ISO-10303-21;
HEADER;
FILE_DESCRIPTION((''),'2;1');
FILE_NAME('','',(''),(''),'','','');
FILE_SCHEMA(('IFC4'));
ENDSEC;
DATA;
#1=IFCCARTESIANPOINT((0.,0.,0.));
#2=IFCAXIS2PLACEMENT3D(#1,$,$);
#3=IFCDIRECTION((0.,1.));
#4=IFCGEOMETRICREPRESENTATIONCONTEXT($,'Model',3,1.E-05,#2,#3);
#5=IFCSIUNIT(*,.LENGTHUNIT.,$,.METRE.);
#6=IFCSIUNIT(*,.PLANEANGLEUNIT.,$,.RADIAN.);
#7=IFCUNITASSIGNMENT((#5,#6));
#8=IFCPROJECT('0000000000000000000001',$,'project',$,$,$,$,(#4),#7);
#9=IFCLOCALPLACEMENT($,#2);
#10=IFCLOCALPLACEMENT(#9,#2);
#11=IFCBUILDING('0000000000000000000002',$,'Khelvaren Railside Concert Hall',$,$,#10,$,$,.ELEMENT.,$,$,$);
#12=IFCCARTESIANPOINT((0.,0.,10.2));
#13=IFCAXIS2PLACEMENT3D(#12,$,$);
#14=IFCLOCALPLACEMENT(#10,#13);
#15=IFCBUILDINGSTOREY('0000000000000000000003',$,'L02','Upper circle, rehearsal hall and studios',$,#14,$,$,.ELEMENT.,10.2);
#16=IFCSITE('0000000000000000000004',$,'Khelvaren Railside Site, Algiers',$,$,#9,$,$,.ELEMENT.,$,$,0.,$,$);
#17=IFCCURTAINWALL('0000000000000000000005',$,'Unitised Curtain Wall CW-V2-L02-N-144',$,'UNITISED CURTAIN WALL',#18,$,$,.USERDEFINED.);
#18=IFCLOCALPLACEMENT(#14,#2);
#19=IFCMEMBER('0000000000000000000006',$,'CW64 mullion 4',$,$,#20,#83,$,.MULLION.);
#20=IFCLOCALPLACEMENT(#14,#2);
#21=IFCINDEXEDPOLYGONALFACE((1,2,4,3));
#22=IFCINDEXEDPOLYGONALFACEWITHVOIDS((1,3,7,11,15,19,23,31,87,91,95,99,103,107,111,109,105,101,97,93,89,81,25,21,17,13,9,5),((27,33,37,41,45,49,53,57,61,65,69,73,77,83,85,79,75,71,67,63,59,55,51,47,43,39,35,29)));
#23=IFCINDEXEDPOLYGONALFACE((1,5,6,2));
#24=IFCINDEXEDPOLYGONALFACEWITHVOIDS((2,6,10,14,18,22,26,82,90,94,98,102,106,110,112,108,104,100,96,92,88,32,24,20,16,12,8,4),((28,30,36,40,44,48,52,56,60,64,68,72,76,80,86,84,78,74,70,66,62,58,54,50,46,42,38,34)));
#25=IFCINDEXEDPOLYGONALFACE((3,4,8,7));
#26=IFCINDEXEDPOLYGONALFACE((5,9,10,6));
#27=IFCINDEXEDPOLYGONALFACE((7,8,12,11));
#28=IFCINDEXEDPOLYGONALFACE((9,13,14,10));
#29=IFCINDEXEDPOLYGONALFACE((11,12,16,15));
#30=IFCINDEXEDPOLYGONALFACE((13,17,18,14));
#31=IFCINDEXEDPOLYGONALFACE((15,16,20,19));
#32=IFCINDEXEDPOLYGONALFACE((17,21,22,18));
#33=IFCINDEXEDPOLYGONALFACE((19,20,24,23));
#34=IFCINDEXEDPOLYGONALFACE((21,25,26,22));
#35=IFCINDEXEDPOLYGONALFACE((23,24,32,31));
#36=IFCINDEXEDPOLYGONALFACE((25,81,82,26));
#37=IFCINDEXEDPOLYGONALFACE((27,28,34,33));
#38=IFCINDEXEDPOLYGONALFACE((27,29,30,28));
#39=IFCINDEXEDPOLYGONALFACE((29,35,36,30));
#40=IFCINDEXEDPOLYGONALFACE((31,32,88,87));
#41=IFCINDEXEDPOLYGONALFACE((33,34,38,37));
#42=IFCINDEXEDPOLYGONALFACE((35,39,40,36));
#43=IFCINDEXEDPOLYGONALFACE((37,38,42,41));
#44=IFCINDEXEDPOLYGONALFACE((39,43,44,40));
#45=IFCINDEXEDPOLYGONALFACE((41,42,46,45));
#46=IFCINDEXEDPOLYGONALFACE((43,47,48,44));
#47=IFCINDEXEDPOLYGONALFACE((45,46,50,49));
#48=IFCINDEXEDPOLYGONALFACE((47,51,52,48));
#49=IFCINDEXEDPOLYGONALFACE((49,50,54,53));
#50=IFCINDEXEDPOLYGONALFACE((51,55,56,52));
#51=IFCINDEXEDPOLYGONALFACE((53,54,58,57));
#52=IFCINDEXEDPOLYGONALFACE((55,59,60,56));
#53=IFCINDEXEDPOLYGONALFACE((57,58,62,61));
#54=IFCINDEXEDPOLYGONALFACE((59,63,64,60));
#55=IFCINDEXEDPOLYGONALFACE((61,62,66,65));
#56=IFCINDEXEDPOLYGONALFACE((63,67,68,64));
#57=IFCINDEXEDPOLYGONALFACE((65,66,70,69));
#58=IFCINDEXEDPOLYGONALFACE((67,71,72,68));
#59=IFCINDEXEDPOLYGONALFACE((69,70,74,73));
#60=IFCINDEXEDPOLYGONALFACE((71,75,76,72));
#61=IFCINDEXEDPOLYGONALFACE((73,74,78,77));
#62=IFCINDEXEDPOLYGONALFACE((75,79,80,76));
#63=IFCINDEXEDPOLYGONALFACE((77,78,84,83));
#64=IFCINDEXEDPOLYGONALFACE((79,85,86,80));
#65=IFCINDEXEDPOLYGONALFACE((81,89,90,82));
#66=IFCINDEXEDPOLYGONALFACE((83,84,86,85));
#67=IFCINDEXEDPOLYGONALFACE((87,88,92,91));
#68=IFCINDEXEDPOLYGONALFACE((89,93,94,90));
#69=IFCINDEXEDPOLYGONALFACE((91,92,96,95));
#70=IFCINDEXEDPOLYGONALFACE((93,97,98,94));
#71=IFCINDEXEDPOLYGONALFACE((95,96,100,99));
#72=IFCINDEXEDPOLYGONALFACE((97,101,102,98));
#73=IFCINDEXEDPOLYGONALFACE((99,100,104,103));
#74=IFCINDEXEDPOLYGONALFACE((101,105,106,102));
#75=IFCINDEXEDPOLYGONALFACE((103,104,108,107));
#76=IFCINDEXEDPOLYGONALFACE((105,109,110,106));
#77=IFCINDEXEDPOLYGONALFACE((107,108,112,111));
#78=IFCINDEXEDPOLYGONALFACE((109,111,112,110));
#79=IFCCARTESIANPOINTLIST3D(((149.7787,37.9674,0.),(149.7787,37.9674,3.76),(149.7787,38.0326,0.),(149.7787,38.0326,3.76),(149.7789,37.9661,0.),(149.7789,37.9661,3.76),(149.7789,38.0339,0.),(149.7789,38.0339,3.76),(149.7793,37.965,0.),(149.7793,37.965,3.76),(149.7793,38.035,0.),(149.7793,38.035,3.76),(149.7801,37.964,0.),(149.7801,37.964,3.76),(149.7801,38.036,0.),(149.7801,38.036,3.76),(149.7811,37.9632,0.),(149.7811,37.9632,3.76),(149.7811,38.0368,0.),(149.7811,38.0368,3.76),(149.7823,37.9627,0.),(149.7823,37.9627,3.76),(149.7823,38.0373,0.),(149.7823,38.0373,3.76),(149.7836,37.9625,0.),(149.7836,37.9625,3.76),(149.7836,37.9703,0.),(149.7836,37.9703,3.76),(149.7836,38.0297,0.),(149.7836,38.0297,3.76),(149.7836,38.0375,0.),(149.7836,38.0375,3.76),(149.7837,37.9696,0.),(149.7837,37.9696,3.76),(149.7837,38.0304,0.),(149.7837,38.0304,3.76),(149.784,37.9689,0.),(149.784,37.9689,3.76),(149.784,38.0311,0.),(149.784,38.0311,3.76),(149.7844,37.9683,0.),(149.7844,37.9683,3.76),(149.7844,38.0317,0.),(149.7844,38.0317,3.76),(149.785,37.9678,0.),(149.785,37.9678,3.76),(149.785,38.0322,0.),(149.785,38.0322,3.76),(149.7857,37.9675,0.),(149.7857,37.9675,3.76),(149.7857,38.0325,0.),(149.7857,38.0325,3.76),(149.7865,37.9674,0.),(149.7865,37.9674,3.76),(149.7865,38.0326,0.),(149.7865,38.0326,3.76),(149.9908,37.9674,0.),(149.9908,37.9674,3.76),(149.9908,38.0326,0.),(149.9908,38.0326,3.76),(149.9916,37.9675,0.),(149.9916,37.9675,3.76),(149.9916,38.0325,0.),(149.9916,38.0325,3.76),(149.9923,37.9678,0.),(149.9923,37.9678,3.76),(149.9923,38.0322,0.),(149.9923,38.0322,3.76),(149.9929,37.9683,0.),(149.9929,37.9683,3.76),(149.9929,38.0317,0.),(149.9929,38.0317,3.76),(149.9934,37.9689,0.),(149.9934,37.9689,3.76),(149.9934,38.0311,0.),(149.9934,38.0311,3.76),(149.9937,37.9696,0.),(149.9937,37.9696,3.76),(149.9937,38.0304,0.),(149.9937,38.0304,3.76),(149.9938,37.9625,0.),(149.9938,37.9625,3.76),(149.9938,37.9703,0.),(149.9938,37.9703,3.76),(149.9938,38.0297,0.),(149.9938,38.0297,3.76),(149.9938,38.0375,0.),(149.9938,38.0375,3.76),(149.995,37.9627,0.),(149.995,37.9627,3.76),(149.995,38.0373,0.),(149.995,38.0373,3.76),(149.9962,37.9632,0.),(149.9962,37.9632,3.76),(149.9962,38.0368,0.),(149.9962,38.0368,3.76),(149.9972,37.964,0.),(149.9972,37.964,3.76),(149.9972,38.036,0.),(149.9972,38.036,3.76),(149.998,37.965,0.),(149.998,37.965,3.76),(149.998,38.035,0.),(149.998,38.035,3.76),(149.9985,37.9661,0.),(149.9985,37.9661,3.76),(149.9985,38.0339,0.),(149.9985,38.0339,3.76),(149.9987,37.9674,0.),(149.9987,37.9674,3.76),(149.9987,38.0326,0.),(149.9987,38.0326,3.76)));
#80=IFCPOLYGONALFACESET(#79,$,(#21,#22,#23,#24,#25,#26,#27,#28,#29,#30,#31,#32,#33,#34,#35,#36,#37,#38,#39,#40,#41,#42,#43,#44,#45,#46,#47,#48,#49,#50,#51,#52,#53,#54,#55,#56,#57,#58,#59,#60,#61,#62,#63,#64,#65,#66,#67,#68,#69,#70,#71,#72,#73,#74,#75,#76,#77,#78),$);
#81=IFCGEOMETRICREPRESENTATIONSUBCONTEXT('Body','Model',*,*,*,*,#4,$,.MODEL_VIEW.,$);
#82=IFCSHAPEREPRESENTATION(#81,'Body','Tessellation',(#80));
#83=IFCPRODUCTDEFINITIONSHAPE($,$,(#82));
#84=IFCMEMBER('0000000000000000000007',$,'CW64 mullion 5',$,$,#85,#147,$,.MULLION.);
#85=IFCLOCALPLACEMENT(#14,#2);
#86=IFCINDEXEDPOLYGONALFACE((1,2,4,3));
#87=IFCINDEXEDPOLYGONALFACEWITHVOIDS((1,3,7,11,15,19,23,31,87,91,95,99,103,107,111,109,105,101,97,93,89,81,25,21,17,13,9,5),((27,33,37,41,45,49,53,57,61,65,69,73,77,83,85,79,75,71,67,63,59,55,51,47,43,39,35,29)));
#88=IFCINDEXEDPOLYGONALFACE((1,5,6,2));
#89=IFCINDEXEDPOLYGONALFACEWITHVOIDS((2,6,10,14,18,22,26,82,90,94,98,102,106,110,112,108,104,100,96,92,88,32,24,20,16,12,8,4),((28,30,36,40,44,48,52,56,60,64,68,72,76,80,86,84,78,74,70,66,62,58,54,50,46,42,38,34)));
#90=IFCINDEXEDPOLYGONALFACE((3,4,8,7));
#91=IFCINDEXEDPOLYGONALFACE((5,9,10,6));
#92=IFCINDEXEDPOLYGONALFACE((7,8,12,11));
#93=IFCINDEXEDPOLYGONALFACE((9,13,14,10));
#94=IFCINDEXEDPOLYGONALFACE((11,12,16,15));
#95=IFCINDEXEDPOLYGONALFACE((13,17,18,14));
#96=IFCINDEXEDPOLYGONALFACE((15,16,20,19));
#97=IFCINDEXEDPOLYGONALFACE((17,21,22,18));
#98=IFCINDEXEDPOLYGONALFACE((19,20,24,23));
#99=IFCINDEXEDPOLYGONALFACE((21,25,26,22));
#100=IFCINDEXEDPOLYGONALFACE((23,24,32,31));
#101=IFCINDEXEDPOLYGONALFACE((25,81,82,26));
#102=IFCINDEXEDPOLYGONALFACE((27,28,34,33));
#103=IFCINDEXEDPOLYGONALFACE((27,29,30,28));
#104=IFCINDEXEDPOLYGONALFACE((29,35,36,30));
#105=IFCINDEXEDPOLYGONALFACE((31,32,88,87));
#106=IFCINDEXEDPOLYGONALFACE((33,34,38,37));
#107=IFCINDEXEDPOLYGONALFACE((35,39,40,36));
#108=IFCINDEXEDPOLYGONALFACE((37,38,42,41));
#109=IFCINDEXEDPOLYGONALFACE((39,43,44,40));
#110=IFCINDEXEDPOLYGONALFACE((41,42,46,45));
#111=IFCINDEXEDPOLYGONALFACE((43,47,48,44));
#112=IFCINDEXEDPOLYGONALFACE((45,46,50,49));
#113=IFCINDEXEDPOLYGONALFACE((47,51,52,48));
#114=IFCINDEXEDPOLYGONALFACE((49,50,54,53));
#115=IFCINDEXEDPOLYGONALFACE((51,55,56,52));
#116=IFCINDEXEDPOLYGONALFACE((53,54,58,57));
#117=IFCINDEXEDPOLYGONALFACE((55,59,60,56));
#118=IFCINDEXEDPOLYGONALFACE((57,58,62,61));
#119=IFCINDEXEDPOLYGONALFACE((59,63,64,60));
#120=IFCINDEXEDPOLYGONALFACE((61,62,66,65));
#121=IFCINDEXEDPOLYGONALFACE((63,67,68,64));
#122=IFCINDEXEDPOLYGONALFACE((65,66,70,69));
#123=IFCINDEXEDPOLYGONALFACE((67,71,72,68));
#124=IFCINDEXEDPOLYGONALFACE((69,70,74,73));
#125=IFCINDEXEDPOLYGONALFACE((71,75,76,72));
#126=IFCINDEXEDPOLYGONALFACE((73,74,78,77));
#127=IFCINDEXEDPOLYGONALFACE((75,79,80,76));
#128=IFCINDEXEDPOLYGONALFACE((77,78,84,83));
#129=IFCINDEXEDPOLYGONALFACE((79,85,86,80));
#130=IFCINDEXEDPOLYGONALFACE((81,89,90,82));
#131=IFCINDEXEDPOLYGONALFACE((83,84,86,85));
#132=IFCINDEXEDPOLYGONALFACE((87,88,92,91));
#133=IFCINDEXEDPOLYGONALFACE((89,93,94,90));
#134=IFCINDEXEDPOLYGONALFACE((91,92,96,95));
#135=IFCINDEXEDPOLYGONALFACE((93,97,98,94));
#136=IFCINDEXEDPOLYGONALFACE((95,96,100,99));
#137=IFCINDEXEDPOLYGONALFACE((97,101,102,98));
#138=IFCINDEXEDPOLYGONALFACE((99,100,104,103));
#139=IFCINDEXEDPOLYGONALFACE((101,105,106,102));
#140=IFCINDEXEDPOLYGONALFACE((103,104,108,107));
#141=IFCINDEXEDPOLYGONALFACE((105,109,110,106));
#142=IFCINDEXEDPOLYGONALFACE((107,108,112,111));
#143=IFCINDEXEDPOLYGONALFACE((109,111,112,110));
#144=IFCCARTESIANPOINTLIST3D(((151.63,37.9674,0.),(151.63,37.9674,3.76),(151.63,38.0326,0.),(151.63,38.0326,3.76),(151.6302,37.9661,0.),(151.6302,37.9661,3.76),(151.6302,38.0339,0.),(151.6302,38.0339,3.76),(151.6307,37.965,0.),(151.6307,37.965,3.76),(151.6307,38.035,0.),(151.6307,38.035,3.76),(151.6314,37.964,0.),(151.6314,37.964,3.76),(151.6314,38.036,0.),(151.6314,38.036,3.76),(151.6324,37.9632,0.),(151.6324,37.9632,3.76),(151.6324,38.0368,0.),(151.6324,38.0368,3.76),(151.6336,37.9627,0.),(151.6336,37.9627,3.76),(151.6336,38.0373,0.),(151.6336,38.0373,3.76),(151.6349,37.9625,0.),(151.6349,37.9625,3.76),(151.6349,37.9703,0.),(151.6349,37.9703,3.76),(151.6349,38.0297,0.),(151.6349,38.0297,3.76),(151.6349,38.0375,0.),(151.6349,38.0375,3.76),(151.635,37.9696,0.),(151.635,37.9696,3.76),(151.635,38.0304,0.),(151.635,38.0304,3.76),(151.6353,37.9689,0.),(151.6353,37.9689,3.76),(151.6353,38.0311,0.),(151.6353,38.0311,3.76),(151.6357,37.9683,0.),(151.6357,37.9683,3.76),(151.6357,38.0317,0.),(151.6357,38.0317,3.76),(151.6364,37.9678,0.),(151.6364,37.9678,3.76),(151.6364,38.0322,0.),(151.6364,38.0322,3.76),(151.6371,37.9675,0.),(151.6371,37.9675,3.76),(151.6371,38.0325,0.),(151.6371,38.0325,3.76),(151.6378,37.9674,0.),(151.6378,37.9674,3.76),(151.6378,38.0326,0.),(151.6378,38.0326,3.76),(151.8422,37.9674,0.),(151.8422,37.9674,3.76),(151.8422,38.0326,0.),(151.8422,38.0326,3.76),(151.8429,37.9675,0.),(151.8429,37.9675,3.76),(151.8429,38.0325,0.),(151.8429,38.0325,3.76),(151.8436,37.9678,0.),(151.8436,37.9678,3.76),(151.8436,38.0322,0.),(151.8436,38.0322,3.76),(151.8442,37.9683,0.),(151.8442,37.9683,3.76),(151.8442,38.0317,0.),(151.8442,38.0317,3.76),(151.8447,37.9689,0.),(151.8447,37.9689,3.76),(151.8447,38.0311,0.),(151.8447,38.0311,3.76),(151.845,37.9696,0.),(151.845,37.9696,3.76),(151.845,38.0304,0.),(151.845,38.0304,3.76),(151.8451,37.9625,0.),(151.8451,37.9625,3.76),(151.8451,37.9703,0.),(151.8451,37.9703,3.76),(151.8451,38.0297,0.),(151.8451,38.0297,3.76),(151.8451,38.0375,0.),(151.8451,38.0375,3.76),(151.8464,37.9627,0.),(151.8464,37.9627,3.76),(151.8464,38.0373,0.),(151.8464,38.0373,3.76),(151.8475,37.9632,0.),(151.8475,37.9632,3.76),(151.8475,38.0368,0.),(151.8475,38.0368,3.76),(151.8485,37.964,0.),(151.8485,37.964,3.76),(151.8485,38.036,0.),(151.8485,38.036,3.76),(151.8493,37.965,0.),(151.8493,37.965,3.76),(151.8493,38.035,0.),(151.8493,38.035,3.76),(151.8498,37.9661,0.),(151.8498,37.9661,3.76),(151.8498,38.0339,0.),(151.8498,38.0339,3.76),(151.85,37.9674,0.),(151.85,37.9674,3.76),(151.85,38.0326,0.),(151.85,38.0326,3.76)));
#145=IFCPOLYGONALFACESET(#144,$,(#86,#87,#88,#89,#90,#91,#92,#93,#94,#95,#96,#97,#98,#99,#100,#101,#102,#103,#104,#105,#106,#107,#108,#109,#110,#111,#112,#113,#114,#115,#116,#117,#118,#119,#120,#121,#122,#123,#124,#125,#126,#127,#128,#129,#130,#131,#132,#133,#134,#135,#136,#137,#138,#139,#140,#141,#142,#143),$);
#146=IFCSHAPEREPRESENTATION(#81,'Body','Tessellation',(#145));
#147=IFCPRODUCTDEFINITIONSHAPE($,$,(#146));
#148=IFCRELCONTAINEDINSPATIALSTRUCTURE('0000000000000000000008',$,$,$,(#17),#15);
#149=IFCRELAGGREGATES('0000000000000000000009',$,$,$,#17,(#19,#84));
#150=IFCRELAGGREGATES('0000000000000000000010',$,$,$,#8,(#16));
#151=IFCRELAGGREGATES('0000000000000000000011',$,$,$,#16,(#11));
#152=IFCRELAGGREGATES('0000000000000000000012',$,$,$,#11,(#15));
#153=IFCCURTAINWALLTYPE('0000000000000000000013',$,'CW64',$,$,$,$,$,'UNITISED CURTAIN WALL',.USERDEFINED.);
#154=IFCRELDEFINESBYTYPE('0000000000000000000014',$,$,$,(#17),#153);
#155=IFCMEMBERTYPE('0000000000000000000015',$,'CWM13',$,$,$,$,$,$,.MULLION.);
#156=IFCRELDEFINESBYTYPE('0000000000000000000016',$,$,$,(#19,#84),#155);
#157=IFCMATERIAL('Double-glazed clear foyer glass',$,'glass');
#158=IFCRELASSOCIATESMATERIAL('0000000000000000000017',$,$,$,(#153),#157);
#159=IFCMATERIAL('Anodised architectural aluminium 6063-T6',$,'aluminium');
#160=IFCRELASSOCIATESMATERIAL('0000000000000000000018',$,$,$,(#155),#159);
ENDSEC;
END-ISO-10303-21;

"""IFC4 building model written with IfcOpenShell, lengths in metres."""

from ifc_helpers import new_model, si_unit, direction, frame, origin, origin_2d, place, context, subcontext, project, spatial, hollow_rectangle, extrude, material, material_profile, profile_set, type_object, element, aggregate, save


model = new_model("IFC4")

# Units and contexts
model_context = context("Model", 3, precision=1e-05, world=origin(), true_north=direction((0.0, 1.0)))
body_context = subcontext(model_context, "Body", "Model", "MODEL_VIEW")
ifc_project = project(units=[si_unit("LENGTHUNIT", "METRE"), si_unit("PLANEANGLEUNIT", "RADIAN")], contexts=[model_context])

# Site, building, storey
site_placement = place(None, origin())
site = spatial("IfcSite", under=ifc_project, at=site_placement, Name="Khelvaren Railside Site, Algiers", CompositionType="ELEMENT", RefElevation=0.0)
building_placement = place(site_placement, origin())
building = spatial("IfcBuilding", under=site, at=building_placement, Name="Khelvaren Railside Concert Hall", CompositionType="ELEMENT")
storey_placement = place(building_placement, frame((0.0, 0.0, 10.2)))
storey = spatial("IfcBuildingStorey", under=building, at=storey_placement, Name="L02", Description="Upper circle, rehearsal hall and studios", CompositionType="ELEMENT", Elevation=10.2)

# Curtain wall, members
ifc_material_1 = material(Name="Double-glazed clear foyer glass", Category="glass")
curtain_wall_type = type_object("IfcCurtainWallType", Name="CW64", ElementType="UNITISED CURTAIN WALL", PredefinedType="USERDEFINED", material=ifc_material_1)
curtain_wall_placement = place(storey_placement, origin())
curtain_wall = element("IfcCurtainWall", 1, at=curtain_wall_placement, inside=storey, type_object=curtain_wall_type, Name="Unitised Curtain Wall CW-V2-L02-N-144", ObjectType="UNITISED CURTAIN WALL", PredefinedType="USERDEFINED")
ifc_material_2 = material(Name="Anodised architectural aluminium 6063-T6", Category="aluminium")
ifc_material_profile_1 = material_profile(ifc_material_2, hollow_rectangle(XDim=0.075, YDim=0.22, WallThickness=0.0049, InnerFilletRadius=0.0029, OuterFilletRadius=0.0049, at=origin_2d()), Name="CWM 75x220x5")
ifc_profile_set_1 = profile_set([ifc_material_profile_1], Name="Anodised architectural aluminium 6063-T6")
member_type_1 = type_object("IfcMemberType", Name="CWM13", PredefinedType="MULLION", material=ifc_profile_set_1)
member_1_placement = place(storey_placement, frame((149.8887, 38.0, 0.0), z_axis=(0.0, 0.0, 1.0), x_axis=(0.0, 1.0, 0.0)))
member_1 = element("IfcMember", 2, at=member_1_placement, type_object=member_type_1, Name="CW64 mullion 4", PredefinedType="MULLION", context=body_context, shape_type="SweptSolid", body=[
    extrude(hollow_rectangle(XDim=0.075, YDim=0.22, WallThickness=0.0049, InnerFilletRadius=0.0029, OuterFilletRadius=0.0049, at=origin_2d()), origin(), (0.0, 0.0, 1.0), 3.76),
])
member_2_placement = place(storey_placement, frame((151.74, 38.0, 0.0), z_axis=(0.0, 0.0, 1.0), x_axis=(0.0, 1.0, 0.0)))
member_2 = element("IfcMember", 3, at=member_2_placement, type_object=member_type_1, Name="CW64 mullion 5", PredefinedType="MULLION", context=body_context, shape_type="SweptSolid", body=[
    extrude(hollow_rectangle(XDim=0.075, YDim=0.22, WallThickness=0.0049, InnerFilletRadius=0.0029, OuterFilletRadius=0.0049, at=origin_2d()), origin(), (0.0, 0.0, 1.0), 3.76),
])
aggregate(curtain_wall, [member_1, member_2])

save(model, "model.ifc")
